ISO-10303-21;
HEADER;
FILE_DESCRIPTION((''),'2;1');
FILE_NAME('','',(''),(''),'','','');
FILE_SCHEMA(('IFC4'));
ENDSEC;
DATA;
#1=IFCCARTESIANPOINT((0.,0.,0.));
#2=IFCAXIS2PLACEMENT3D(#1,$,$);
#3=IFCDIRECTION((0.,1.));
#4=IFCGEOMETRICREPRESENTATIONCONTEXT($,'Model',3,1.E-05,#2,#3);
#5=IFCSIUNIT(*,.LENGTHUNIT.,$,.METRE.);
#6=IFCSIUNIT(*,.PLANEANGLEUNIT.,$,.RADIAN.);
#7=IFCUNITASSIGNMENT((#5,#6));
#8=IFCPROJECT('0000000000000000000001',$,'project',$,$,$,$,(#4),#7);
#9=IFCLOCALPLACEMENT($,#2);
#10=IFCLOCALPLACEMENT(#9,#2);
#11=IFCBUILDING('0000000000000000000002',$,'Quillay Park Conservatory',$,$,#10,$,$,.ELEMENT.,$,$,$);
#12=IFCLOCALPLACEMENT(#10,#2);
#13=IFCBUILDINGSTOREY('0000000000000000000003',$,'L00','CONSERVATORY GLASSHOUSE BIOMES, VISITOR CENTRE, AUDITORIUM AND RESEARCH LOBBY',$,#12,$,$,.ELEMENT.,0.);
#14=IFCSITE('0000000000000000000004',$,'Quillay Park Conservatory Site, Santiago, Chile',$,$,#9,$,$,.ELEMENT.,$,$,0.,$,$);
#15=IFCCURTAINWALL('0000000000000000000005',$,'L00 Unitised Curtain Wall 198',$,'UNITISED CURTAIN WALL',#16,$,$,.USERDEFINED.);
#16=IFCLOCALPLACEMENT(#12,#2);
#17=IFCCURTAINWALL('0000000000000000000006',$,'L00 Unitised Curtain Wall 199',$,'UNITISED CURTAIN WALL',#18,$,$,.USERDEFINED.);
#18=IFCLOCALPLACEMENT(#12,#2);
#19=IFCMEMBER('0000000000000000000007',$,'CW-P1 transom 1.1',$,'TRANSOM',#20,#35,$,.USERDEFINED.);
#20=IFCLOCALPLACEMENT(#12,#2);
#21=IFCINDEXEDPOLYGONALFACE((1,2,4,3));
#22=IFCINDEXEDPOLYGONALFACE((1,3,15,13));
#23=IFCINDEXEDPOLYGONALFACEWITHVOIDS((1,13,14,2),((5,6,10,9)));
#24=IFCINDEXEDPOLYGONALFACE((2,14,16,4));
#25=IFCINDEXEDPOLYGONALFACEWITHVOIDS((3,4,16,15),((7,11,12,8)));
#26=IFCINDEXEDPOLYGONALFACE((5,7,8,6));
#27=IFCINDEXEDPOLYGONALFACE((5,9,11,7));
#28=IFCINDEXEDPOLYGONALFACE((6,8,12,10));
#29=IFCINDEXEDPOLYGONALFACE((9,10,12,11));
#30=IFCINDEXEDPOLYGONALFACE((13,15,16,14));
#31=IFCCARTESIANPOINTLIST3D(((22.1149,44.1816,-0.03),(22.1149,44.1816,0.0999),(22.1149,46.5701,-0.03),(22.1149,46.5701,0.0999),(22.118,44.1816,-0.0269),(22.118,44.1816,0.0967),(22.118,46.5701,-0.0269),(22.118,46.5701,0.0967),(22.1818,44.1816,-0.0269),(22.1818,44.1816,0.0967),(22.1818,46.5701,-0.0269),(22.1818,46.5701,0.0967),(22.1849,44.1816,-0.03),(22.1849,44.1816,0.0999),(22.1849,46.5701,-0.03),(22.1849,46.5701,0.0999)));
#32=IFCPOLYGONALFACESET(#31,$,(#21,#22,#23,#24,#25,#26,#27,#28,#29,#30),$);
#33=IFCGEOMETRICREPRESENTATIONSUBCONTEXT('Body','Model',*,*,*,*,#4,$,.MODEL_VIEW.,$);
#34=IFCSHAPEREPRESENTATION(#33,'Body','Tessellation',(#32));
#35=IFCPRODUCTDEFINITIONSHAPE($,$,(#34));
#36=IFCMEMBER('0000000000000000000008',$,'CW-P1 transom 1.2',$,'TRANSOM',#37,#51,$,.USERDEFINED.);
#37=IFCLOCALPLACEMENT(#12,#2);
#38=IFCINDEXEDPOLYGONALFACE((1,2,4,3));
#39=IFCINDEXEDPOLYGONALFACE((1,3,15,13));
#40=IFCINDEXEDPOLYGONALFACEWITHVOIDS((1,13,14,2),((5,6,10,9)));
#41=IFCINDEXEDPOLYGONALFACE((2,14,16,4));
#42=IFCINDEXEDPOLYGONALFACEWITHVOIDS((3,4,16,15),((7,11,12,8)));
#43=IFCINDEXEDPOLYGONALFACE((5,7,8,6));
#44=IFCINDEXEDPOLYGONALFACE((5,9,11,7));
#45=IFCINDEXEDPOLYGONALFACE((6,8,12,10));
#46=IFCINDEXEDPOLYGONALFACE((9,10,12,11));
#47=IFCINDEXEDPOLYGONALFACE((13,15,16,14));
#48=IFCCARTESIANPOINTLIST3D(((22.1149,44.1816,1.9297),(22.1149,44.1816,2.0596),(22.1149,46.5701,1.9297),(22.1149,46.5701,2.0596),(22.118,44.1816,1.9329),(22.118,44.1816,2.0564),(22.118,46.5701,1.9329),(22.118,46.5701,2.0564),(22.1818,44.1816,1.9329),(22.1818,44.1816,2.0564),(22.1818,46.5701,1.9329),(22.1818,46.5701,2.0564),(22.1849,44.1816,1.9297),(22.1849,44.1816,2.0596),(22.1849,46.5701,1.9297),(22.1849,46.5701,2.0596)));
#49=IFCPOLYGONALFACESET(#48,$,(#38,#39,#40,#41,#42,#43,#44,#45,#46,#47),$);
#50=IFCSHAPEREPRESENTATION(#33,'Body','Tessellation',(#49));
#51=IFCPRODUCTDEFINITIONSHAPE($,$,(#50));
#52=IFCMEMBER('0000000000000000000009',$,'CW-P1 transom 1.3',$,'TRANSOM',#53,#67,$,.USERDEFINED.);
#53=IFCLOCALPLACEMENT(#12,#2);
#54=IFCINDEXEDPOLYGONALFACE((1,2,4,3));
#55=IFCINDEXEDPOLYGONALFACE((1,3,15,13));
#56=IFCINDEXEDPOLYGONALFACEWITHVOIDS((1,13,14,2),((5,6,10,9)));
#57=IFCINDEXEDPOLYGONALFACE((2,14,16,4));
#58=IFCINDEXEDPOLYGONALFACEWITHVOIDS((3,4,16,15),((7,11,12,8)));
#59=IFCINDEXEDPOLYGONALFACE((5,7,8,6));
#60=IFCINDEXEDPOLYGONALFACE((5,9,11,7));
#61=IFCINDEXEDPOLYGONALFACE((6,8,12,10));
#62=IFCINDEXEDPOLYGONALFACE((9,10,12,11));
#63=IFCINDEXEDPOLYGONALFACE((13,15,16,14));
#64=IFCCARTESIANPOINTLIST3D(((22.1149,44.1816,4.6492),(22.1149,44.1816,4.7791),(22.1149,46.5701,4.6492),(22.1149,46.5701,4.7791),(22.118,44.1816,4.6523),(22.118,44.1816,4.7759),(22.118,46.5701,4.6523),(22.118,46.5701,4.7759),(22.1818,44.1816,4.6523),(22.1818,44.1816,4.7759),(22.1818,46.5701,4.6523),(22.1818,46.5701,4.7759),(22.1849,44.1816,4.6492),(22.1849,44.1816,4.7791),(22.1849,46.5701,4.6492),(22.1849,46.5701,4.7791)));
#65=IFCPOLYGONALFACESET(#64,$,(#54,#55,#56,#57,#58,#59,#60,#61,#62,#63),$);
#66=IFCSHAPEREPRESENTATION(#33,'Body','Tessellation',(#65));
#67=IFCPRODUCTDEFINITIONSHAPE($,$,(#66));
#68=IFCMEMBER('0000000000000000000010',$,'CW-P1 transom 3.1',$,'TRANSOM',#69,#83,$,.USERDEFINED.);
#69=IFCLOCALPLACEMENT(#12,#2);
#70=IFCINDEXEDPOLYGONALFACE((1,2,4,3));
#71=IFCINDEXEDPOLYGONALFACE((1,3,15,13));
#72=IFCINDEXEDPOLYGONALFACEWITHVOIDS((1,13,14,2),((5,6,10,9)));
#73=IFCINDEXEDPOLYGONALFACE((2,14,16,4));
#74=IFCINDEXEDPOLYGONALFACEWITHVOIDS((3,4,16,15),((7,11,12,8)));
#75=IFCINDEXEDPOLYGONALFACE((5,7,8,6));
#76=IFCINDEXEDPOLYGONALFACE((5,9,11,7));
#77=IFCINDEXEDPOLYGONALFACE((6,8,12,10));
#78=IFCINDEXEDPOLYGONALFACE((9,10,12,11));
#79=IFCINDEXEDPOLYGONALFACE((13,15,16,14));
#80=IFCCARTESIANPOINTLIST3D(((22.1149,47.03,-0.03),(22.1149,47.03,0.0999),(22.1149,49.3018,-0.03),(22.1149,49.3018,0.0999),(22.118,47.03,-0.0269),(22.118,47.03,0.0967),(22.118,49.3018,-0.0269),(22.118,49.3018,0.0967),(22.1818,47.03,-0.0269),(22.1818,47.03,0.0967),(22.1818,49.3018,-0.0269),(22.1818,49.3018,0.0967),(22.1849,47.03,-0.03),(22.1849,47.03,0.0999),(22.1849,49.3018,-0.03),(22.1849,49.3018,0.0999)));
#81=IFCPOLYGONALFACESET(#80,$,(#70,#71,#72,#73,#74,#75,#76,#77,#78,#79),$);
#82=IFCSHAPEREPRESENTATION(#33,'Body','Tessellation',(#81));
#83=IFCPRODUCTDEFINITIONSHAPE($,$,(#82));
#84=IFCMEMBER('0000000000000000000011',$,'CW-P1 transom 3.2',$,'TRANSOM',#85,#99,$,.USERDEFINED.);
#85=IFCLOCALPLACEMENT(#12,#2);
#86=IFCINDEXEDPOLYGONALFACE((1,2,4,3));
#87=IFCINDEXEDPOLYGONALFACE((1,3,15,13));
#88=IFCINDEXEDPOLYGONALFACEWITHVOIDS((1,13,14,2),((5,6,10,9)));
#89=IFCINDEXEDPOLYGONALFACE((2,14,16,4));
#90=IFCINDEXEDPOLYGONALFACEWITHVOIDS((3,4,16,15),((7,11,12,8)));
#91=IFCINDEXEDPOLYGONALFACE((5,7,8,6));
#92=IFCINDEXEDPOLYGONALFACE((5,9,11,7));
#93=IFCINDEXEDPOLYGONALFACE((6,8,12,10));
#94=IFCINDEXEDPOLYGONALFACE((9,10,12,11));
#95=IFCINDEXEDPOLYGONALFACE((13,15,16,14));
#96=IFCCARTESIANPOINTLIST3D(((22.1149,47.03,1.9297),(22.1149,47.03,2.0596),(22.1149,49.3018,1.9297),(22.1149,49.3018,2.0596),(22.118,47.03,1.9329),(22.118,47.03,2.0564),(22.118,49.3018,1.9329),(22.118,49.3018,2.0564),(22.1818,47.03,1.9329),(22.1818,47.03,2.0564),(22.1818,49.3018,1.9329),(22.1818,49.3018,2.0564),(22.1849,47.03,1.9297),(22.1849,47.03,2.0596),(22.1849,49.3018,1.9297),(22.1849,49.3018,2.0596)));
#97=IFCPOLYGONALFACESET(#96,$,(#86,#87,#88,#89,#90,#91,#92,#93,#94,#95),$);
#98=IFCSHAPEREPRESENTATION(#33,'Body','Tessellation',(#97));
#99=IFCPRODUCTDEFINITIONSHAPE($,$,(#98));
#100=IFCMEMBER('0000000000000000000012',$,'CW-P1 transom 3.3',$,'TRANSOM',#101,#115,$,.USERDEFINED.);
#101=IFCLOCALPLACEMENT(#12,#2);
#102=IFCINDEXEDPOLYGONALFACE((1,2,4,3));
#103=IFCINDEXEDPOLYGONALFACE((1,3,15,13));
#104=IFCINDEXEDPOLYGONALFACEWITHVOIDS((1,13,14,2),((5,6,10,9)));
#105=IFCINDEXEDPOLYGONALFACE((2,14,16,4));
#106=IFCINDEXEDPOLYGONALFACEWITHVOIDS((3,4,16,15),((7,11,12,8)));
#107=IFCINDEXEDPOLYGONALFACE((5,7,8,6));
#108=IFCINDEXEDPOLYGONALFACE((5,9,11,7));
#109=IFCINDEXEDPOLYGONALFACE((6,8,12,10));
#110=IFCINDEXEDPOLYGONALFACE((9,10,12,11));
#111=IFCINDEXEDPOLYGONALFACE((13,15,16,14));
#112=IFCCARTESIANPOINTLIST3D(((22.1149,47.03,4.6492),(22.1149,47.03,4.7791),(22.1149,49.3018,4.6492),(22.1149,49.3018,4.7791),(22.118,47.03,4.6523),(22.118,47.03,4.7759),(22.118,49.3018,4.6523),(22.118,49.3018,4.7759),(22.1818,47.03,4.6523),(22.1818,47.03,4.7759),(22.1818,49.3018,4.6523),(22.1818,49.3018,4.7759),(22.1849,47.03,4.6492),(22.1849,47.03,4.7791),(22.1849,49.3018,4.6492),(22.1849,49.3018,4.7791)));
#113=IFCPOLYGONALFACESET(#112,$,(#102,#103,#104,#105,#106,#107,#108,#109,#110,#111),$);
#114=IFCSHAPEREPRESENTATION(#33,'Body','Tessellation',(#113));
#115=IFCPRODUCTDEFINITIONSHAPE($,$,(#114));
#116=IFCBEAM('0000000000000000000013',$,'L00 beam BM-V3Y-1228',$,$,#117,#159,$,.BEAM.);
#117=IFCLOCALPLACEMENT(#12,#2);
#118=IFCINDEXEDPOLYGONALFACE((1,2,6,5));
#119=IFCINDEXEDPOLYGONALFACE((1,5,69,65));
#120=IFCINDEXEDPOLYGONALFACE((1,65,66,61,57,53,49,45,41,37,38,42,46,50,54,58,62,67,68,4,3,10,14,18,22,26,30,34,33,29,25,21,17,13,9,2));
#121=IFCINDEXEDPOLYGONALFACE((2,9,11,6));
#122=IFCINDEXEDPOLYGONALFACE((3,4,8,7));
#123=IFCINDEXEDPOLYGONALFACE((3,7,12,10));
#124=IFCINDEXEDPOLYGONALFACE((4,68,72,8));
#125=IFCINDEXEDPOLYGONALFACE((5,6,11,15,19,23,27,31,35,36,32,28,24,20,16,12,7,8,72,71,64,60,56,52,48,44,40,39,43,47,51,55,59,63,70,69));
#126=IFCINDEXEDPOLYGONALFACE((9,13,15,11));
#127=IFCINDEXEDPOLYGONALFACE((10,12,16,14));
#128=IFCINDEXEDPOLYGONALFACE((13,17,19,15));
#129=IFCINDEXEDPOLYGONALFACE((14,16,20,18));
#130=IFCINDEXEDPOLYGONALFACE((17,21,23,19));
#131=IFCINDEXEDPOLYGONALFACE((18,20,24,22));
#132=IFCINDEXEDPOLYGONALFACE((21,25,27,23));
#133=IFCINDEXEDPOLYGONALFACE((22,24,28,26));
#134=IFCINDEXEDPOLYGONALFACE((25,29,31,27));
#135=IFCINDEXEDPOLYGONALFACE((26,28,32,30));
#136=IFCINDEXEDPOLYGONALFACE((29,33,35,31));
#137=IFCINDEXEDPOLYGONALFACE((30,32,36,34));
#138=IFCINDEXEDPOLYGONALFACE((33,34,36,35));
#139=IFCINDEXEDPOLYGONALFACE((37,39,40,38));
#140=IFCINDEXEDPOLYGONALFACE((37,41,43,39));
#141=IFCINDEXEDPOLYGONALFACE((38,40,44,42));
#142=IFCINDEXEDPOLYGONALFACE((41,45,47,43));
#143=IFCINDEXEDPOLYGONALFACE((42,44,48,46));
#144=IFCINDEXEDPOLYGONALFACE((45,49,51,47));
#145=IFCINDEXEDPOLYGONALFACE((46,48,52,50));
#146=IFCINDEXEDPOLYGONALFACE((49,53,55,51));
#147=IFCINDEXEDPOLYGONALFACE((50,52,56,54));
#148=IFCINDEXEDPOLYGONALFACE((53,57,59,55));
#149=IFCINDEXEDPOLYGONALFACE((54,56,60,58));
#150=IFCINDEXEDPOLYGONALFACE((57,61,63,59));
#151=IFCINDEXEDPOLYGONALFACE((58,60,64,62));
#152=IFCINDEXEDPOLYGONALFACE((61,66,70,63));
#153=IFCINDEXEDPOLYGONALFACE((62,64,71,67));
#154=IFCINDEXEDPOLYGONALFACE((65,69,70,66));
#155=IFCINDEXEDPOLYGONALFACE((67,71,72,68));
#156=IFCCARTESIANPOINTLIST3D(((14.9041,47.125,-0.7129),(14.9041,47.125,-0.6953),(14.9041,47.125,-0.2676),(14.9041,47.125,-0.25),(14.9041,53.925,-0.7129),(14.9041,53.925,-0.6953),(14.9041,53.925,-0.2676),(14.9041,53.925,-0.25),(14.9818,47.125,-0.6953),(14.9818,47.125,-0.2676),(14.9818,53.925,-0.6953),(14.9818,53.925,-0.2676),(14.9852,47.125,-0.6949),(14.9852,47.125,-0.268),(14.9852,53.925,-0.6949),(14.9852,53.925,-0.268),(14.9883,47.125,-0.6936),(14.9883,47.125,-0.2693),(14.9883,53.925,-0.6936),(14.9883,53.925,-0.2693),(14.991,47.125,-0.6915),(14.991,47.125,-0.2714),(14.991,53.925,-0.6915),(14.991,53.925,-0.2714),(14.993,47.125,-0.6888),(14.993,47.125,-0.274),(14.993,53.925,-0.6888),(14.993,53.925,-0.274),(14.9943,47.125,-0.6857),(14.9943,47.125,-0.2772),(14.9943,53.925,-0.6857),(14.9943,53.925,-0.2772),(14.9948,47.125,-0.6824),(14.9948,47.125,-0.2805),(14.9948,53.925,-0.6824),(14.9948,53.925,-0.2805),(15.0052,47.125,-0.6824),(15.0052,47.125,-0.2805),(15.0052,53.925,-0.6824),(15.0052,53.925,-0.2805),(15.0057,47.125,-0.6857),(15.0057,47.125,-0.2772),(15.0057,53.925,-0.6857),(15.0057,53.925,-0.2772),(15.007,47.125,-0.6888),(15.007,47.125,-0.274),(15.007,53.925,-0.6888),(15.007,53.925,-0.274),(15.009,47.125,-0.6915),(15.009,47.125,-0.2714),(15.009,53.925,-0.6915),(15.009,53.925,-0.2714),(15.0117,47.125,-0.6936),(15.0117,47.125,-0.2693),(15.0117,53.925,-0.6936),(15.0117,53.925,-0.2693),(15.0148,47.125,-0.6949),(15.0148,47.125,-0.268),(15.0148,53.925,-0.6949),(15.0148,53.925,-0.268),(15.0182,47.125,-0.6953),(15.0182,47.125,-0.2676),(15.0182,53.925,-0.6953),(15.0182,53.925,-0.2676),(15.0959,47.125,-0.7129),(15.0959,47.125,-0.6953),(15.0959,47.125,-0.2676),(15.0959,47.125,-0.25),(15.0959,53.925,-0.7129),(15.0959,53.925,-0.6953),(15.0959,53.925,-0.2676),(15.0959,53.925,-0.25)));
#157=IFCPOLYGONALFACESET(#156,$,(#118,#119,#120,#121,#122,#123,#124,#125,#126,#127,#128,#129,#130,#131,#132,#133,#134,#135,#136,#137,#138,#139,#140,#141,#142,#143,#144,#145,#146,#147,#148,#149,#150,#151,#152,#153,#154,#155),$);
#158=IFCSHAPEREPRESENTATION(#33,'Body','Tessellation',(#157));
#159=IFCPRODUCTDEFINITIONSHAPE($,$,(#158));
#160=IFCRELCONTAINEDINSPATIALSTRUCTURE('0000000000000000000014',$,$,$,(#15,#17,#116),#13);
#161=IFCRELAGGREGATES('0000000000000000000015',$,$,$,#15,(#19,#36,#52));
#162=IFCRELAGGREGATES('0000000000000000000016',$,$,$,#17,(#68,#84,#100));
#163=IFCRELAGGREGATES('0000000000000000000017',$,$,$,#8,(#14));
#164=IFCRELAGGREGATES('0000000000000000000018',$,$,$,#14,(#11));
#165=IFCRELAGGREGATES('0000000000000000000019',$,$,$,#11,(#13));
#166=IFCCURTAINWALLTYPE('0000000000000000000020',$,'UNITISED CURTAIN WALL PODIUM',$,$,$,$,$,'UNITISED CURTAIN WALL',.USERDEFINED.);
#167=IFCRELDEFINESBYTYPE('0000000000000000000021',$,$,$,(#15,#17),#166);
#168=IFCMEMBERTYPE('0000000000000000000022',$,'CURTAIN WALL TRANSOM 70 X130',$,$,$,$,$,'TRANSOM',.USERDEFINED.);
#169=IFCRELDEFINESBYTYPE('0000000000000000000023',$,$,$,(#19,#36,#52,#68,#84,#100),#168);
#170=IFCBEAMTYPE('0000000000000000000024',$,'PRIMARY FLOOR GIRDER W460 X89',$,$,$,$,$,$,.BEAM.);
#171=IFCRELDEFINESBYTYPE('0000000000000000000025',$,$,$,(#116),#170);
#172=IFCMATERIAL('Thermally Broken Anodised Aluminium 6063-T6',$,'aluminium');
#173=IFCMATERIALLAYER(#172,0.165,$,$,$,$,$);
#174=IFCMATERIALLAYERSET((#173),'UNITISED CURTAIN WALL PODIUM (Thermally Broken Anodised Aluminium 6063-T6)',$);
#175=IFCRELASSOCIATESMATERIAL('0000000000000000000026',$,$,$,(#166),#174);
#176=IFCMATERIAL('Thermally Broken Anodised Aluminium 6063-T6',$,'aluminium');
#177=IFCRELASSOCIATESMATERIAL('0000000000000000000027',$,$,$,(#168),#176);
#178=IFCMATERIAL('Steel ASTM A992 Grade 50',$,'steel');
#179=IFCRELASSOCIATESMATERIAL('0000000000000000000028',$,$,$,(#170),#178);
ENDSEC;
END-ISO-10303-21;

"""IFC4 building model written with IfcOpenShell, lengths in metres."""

from ifc_helpers import new_model, si_unit, direction, frame, origin, origin_2d, place, context, subcontext, project, spatial, hollow_rectangle, i_section, extrude, material, layer, layer_set, material_profile, profile_set, type_object, element, aggregate, save


model = new_model("IFC4")

# Units and contexts
model_context = context("Model", 3, precision=1e-05, world=origin(), true_north=direction((0.0, 1.0)))
body_context = subcontext(model_context, "Body", "Model", "MODEL_VIEW")
ifc_project = project(units=[si_unit("LENGTHUNIT", "METRE"), si_unit("PLANEANGLEUNIT", "RADIAN")], contexts=[model_context])

# Site, building, storey
site_placement = place(None, origin())
site = spatial("IfcSite", under=ifc_project, at=site_placement, Name="Quillay Park Conservatory Site, Santiago, Chile", CompositionType="ELEMENT", RefElevation=0.0)
building_placement = place(site_placement, origin())
building = spatial("IfcBuilding", under=site, at=building_placement, Name="Quillay Park Conservatory", CompositionType="ELEMENT")
storey_placement = place(building_placement, origin())
storey = spatial("IfcBuildingStorey", under=building, at=storey_placement, Name="L00", Description="CONSERVATORY GLASSHOUSE BIOMES, VISITOR CENTRE, AUDITORIUM AND RESEARCH LOBBY", CompositionType="ELEMENT", Elevation=0.0)

# Curtain wall
ifc_material_1 = material(Name="Thermally Broken Anodised Aluminium 6063-T6", Category="aluminium")
ifc_layer_1 = layer(ifc_material_1, 0.165)
ifc_layer_set_1 = layer_set([ifc_layer_1], Name="UNITISED CURTAIN WALL PODIUM (Thermally Broken Anodised Aluminium 6063-T6)")
curtain_wall_type = type_object("IfcCurtainWallType", Name="UNITISED CURTAIN WALL PODIUM", ElementType="UNITISED CURTAIN WALL", PredefinedType="USERDEFINED", material=ifc_layer_set_1)
curtain_wall_1_placement = place(storey_placement, origin())
curtain_wall_1 = element("IfcCurtainWall", 1, at=curtain_wall_1_placement, inside=storey, type_object=curtain_wall_type, Name="L00 Unitised Curtain Wall 198", ObjectType="UNITISED CURTAIN WALL", PredefinedType="USERDEFINED")

# Curtain wall
curtain_wall_2_placement = place(storey_placement, origin())
curtain_wall_2 = element("IfcCurtainWall", 2, at=curtain_wall_2_placement, inside=storey, type_object=curtain_wall_type, Name="L00 Unitised Curtain Wall 199", ObjectType="UNITISED CURTAIN WALL", PredefinedType="USERDEFINED")

# Members
ifc_material_2 = material(Name="Thermally Broken Anodised Aluminium 6063-T6", Category="aluminium")
ifc_material_profile_1 = material_profile(ifc_material_2, hollow_rectangle(XDim=0.0701, YDim=0.1299, WallThickness=0.0032, at=origin_2d()), Name="AL70x130x3.2")
ifc_profile_set_1 = profile_set([ifc_material_profile_1], Name="Thermally Broken Anodised Aluminium 6063-T6")
member_type_1 = type_object("IfcMemberType", Name="CURTAIN WALL TRANSOM 70 X130", ElementType="TRANSOM", PredefinedType="USERDEFINED", material=ifc_profile_set_1)
member_1_placement = place(storey_placement, frame((22.1499, 46.5701, 0.0349), z_axis=(0.0, -1.0, 0.0), x_axis=(1.0, 0.0, 0.0)))
member_1 = element("IfcMember", 3, at=member_1_placement, type_object=member_type_1, Name="CW-P1 transom 1.1", ObjectType="TRANSOM", PredefinedType="USERDEFINED", context=body_context, shape_type="SweptSolid", body=[
    extrude(hollow_rectangle(XDim=0.0701, YDim=0.1299, WallThickness=0.0032, at=origin_2d()), origin(), (0.0, 0.0, 1.0), 2.3884),
])
member_2_placement = place(storey_placement, frame((22.1499, 46.5701, 1.9946), z_axis=(0.0, -1.0, 0.0), x_axis=(1.0, 0.0, 0.0)))
member_2 = element("IfcMember", 4, at=member_2_placement, type_object=member_type_1, Name="CW-P1 transom 1.2", ObjectType="TRANSOM", PredefinedType="USERDEFINED", context=body_context, shape_type="SweptSolid", body=[
    extrude(hollow_rectangle(XDim=0.0701, YDim=0.1299, WallThickness=0.0032, at=origin_2d()), origin(), (0.0, 0.0, 1.0), 2.3884),
])
member_3_placement = place(storey_placement, frame((22.1499, 46.5701, 4.7141), z_axis=(0.0, -1.0, 0.0), x_axis=(1.0, 0.0, 0.0)))
member_3 = element("IfcMember", 5, at=member_3_placement, type_object=member_type_1, Name="CW-P1 transom 1.3", ObjectType="TRANSOM", PredefinedType="USERDEFINED", context=body_context, shape_type="SweptSolid", body=[
    extrude(hollow_rectangle(XDim=0.0701, YDim=0.1299, WallThickness=0.0032, at=origin_2d()), origin(), (0.0, 0.0, 1.0), 2.3884),
])
aggregate(curtain_wall_1, [member_1, member_2, member_3])
member_4_placement = place(storey_placement, frame((22.1499, 49.3018, 0.0349), z_axis=(0.0, -1.0, 0.0), x_axis=(1.0, 0.0, 0.0)))
member_4 = element("IfcMember", 6, at=member_4_placement, type_object=member_type_1, Name="CW-P1 transom 3.1", ObjectType="TRANSOM", PredefinedType="USERDEFINED", context=body_context, shape_type="SweptSolid", body=[
    extrude(hollow_rectangle(XDim=0.0701, YDim=0.1299, WallThickness=0.0032, at=origin_2d()), origin(), (0.0, 0.0, 1.0), 2.2717),
])
member_5_placement = place(storey_placement, frame((22.1499, 49.3018, 1.9946), z_axis=(0.0, -1.0, 0.0), x_axis=(1.0, 0.0, 0.0)))
member_5 = element("IfcMember", 7, at=member_5_placement, type_object=member_type_1, Name="CW-P1 transom 3.2", ObjectType="TRANSOM", PredefinedType="USERDEFINED", context=body_context, shape_type="SweptSolid", body=[
    extrude(hollow_rectangle(XDim=0.0701, YDim=0.1299, WallThickness=0.0032, at=origin_2d()), origin(), (0.0, 0.0, 1.0), 2.2717),
])
member_6_placement = place(storey_placement, frame((22.1499, 49.3018, 4.7141), z_axis=(0.0, -1.0, 0.0), x_axis=(1.0, 0.0, 0.0)))
member_6 = element("IfcMember", 8, at=member_6_placement, type_object=member_type_1, Name="CW-P1 transom 3.3", ObjectType="TRANSOM", PredefinedType="USERDEFINED", context=body_context, shape_type="SweptSolid", body=[
    extrude(hollow_rectangle(XDim=0.0701, YDim=0.1299, WallThickness=0.0032, at=origin_2d()), origin(), (0.0, 0.0, 1.0), 2.2717),
])

# Beam
ifc_material_3 = material(Name="Steel ASTM A992 Grade 50", Category="steel")
ifc_material_profile_2 = material_profile(ifc_material_3, i_section(OverallWidth=0.1919, OverallDepth=0.4629, WebThickness=0.0105, FlangeThickness=0.0176, FilletRadius=0.0129, at=origin_2d()), Name="W460x89")
ifc_profile_set_2 = profile_set([ifc_material_profile_2], Name="Steel ASTM A992 Grade 50")
beam_type_1 = type_object("IfcBeamType", Name="PRIMARY FLOOR GIRDER W460 X89", PredefinedType="BEAM", material=ifc_profile_set_2)
for number, where, z_axis, x_axis, name in (
    (9, (15.0, 47.125, -0.4814), (0.0, 1.0, 0.0), (-1.0, 0.0, 0.0), "L00 beam BM-V3Y-1228"),
):
    element("IfcBeam", number, at=place(storey_placement, frame(where, z_axis=z_axis, x_axis=x_axis)), inside=storey, type_object=beam_type_1, Name=name, PredefinedType="BEAM", context=body_context, shape_type="SweptSolid", body=[
        extrude(i_section(OverallWidth=0.1919, OverallDepth=0.4629, WebThickness=0.0105, FlangeThickness=0.0176, FilletRadius=0.0129, at=origin_2d()), origin(), (0.0, 0.0, 1.0), 6.8),
    ])

aggregate(curtain_wall_2, [member_4, member_5, member_6])

save(model, "model.ifc")
